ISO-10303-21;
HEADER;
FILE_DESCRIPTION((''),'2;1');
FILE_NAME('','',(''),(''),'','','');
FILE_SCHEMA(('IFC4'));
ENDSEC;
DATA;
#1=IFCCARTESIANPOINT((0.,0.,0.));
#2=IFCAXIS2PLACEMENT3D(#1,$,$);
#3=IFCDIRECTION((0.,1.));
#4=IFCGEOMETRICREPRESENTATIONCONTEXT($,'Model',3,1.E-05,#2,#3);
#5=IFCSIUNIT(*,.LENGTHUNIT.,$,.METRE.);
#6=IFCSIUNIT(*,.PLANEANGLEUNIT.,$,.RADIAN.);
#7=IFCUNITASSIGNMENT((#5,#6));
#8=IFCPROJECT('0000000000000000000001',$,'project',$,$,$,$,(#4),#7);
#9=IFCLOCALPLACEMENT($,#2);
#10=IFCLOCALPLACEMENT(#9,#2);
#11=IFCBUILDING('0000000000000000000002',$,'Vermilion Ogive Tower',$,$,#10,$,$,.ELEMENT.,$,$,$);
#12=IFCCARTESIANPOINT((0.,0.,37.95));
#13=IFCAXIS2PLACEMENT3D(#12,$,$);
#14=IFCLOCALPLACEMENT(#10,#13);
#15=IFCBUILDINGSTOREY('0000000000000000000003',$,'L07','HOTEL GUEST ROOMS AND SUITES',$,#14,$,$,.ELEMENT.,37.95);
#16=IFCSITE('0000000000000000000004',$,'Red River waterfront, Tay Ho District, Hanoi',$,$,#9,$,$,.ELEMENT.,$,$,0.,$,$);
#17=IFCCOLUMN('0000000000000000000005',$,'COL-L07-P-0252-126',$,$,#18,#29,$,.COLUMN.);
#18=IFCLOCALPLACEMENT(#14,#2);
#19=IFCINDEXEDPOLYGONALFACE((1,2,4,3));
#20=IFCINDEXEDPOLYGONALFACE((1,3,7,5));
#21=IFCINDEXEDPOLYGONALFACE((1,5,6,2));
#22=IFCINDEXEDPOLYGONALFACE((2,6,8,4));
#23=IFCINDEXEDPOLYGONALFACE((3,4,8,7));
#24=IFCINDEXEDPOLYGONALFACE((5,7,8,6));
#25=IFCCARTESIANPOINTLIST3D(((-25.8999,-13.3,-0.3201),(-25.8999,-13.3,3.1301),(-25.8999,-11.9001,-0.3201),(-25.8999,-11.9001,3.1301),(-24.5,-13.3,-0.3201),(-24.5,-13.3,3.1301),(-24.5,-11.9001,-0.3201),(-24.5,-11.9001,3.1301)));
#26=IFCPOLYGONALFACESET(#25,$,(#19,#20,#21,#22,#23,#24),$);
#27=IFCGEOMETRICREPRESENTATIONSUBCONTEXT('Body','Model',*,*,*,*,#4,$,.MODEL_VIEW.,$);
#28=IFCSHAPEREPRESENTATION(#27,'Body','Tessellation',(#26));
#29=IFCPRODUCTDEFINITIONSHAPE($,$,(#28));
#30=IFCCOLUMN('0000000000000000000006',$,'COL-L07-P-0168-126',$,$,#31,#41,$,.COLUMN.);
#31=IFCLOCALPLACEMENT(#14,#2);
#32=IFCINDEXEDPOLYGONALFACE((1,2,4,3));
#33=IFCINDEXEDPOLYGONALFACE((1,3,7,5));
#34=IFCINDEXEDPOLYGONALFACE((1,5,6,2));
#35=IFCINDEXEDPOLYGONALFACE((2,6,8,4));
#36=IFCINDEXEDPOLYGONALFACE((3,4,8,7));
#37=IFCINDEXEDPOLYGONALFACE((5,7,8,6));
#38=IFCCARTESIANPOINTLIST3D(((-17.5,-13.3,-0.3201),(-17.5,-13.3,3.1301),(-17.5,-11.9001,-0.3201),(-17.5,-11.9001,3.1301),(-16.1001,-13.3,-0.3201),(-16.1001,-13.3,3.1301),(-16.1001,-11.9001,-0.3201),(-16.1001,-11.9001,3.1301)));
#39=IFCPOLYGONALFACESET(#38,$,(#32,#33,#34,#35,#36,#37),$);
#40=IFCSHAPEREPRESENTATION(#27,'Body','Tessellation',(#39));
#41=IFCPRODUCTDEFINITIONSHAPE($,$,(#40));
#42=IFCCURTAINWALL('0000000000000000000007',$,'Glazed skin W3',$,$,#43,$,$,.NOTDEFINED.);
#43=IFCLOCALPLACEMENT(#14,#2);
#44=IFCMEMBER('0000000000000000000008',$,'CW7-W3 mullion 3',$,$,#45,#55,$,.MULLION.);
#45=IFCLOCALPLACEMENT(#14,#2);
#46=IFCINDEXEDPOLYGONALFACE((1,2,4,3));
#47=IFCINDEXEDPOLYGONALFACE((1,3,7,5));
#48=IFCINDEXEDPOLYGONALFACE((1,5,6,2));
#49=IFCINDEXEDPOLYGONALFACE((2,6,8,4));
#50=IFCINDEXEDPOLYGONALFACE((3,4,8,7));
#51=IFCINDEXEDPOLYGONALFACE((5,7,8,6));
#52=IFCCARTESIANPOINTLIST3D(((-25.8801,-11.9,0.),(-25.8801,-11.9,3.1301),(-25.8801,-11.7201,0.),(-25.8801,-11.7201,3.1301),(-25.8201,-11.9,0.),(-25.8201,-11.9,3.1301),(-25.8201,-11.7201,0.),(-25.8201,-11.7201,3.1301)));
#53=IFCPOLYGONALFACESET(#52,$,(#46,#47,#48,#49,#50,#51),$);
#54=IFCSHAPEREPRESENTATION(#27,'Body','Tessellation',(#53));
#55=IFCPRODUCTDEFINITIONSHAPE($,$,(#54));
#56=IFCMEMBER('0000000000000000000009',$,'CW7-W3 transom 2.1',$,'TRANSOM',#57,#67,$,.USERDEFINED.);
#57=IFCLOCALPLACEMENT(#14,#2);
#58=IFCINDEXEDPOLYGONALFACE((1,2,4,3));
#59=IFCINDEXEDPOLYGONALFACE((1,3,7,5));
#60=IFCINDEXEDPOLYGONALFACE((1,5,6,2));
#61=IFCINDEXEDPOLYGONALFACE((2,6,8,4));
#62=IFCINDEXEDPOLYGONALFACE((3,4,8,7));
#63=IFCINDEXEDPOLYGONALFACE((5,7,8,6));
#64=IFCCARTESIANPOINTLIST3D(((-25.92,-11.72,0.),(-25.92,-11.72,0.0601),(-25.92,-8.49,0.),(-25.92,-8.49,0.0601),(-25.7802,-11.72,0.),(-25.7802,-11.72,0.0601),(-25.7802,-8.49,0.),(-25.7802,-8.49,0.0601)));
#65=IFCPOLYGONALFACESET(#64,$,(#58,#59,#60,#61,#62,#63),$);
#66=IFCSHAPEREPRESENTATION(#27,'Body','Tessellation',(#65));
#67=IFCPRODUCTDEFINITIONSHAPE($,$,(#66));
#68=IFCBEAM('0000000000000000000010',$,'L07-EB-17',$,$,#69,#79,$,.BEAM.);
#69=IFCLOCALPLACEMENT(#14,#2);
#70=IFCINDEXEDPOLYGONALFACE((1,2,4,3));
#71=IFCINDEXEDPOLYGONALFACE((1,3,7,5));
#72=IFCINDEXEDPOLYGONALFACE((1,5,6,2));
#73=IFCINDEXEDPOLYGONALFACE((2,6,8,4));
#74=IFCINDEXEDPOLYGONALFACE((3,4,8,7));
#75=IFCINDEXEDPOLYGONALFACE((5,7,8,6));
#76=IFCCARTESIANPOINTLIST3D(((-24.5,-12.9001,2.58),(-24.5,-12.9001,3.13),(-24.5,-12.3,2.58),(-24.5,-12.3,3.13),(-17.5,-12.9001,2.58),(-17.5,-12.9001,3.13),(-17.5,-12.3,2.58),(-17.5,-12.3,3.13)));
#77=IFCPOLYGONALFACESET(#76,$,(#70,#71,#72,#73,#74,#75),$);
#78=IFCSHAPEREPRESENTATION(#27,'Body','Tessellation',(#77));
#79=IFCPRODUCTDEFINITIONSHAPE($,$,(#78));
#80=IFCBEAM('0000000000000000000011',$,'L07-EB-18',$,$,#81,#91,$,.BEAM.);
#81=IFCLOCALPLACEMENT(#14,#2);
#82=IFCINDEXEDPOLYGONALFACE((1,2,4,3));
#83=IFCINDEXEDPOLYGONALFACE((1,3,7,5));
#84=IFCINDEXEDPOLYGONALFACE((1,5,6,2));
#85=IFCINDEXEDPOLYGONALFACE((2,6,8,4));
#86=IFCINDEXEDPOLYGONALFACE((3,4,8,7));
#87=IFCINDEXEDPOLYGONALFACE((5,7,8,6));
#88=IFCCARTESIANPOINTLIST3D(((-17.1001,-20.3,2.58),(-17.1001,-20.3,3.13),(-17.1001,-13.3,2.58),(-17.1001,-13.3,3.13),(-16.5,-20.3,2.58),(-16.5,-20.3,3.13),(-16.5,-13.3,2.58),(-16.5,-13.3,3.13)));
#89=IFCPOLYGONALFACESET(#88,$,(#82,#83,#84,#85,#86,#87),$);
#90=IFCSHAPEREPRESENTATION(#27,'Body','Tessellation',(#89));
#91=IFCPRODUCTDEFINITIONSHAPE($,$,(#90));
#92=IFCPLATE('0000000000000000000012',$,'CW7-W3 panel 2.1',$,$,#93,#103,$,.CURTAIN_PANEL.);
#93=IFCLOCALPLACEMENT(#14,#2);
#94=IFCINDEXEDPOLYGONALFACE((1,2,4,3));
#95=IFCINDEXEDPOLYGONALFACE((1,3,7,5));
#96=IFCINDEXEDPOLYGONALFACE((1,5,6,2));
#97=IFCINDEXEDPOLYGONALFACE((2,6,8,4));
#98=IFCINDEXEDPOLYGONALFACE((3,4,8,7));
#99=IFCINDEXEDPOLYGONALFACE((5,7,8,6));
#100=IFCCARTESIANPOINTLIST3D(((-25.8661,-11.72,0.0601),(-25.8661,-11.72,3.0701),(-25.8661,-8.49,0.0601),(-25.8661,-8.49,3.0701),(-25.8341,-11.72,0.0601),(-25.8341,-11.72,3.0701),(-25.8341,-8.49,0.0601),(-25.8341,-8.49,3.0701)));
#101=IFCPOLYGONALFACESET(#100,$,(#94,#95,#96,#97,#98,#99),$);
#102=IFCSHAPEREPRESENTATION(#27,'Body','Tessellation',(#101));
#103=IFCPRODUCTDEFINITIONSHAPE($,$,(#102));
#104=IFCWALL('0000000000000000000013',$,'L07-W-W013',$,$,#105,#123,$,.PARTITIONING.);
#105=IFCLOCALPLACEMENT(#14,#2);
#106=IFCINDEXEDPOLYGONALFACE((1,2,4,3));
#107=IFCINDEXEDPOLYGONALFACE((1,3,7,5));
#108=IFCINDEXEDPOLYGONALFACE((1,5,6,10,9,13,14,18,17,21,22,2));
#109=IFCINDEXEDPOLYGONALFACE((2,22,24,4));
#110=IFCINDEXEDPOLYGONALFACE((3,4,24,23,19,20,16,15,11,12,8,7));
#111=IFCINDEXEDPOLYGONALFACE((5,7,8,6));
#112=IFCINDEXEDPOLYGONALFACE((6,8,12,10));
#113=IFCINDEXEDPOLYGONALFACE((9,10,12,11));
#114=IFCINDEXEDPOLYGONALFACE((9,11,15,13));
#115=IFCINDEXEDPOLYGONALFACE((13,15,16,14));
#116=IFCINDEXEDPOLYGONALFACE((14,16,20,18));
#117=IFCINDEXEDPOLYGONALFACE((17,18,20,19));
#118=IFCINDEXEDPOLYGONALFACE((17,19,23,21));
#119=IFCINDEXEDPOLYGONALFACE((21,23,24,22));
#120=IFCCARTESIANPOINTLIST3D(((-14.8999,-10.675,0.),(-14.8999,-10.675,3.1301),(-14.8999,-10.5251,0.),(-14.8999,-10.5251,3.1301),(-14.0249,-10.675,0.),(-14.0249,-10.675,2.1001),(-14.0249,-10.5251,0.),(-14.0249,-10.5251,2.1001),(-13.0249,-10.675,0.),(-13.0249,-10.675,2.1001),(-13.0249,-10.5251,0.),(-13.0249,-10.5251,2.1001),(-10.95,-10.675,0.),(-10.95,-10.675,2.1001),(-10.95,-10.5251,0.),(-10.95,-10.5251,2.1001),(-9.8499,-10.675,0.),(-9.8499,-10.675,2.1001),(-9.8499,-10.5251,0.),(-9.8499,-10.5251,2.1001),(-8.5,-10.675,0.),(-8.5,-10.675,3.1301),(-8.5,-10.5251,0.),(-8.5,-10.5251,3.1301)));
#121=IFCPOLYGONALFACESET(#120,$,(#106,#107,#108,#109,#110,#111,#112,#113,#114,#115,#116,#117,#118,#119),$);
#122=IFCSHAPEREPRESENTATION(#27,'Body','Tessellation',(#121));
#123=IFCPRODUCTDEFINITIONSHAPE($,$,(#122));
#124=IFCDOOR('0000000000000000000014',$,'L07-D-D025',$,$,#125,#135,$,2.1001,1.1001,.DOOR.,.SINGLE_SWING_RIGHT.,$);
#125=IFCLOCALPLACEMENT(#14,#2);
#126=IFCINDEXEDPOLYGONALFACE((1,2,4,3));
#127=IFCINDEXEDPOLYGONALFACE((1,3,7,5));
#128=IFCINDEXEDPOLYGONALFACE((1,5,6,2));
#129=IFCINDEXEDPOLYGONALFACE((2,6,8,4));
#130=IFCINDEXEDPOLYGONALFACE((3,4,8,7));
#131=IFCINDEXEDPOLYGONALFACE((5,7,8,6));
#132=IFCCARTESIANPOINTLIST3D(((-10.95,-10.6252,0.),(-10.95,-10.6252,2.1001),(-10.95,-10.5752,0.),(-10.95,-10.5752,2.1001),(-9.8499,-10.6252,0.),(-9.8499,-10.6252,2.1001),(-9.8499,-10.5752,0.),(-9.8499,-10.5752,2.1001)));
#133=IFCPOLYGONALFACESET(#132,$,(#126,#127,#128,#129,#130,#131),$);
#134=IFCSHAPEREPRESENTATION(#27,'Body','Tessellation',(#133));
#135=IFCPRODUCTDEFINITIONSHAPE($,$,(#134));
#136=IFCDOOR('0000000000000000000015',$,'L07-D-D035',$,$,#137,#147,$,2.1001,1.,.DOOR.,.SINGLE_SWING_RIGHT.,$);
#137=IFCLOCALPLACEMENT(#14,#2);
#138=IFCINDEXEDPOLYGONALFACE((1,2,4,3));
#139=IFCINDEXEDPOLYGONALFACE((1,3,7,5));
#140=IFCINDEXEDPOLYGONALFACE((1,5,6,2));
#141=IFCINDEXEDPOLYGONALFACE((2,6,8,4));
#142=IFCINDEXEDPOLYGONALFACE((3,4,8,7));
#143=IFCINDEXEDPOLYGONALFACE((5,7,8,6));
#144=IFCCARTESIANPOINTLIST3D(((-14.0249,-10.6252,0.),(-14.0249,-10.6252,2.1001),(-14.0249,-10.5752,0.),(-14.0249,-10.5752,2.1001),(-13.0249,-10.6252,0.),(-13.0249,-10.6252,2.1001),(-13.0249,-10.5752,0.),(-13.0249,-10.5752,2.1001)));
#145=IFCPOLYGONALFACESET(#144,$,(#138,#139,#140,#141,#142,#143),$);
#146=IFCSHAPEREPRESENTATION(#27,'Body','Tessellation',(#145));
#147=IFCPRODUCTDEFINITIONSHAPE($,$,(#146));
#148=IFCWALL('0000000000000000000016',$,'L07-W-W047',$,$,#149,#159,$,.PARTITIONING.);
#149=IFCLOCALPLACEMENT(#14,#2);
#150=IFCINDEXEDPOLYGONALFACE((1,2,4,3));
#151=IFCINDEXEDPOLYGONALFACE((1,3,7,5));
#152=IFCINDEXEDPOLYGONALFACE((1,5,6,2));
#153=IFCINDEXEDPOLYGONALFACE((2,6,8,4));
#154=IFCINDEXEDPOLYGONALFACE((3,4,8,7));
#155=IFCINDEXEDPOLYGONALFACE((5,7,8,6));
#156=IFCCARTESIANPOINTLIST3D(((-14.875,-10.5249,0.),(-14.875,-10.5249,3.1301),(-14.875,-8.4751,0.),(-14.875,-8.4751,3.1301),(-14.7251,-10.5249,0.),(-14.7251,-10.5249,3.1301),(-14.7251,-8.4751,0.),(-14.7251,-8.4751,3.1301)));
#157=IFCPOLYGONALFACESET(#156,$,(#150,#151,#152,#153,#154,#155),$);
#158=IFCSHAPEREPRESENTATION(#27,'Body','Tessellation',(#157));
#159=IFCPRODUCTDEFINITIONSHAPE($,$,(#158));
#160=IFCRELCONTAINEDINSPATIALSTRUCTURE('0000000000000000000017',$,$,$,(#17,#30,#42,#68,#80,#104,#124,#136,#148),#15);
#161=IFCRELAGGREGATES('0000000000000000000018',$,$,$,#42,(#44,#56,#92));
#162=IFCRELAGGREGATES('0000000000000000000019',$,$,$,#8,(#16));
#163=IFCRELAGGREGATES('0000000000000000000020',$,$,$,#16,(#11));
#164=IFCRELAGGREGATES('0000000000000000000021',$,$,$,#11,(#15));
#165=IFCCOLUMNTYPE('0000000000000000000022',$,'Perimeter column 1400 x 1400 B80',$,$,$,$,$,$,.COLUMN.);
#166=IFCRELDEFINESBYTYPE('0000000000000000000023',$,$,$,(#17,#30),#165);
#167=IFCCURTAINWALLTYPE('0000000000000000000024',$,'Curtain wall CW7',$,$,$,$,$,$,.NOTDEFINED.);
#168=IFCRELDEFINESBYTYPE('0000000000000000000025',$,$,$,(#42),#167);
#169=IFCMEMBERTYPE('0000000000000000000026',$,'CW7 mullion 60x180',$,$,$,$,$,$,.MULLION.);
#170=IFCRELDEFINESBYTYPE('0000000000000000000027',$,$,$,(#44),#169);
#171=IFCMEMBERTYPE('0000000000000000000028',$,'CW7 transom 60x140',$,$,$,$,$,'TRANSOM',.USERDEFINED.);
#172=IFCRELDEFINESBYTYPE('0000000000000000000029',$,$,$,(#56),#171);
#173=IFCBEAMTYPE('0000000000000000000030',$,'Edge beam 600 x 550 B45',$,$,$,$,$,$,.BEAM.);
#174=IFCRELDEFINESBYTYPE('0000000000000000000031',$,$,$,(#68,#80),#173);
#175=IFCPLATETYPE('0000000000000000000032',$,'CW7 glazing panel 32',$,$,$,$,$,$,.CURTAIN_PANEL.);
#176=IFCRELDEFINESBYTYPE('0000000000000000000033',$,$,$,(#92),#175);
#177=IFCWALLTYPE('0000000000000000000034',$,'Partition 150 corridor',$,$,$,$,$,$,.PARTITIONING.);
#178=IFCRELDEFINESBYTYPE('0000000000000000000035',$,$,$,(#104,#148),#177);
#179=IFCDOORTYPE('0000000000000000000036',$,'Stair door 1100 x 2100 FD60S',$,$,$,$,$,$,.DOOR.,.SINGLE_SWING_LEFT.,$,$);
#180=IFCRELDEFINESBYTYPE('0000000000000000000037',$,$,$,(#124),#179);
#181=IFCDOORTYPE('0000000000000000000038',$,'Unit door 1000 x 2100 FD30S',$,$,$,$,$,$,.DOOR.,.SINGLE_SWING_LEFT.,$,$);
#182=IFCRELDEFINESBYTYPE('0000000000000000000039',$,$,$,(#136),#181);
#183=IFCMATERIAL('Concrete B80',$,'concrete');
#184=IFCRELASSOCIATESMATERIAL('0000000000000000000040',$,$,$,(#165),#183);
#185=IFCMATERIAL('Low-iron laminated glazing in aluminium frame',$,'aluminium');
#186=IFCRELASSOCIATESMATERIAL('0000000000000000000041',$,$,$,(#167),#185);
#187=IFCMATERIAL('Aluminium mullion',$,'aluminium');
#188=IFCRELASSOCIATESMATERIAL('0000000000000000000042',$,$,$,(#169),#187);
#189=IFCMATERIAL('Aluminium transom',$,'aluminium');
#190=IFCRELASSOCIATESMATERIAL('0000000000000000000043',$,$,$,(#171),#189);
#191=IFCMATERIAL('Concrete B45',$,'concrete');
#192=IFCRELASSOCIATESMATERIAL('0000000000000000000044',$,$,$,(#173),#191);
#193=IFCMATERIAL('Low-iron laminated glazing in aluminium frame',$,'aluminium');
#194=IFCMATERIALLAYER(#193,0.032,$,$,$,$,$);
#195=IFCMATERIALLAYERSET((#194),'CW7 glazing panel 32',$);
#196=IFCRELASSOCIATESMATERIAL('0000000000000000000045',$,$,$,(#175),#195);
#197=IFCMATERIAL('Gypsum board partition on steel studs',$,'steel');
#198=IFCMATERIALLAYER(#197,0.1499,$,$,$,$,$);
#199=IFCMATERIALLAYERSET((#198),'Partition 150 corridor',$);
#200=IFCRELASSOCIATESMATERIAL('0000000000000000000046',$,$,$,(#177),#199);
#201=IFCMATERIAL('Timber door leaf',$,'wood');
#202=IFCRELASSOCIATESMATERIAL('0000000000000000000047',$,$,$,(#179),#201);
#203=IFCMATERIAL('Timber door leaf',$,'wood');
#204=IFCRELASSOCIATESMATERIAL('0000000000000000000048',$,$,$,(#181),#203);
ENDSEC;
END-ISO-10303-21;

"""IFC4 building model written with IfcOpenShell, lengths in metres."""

from ifc_helpers import new_model, si_unit, direction, frame, frame_2d, origin, origin_2d, place, context, subcontext, project, spatial, rectangle, extrude, material, layer, layer_set, material_profile, profile_set, type_object, element, fill, aggregate, save


model = new_model("IFC4")

# Units and contexts
model_context = context("Model", 3, precision=1e-05, world=origin(), true_north=direction((0.0, 1.0)))
body_context = subcontext(model_context, "Body", "Model", "MODEL_VIEW")
ifc_project = project(units=[si_unit("LENGTHUNIT", "METRE"), si_unit("PLANEANGLEUNIT", "RADIAN")], contexts=[model_context])

# Site, building, storey
site_placement = place(None, origin())
site = spatial("IfcSite", under=ifc_project, at=site_placement, Name="Red River waterfront, Tay Ho District, Hanoi", CompositionType="ELEMENT", RefElevation=0.0)
building_placement = place(site_placement, origin())
building = spatial("IfcBuilding", under=site, at=building_placement, Name="Vermilion Ogive Tower", CompositionType="ELEMENT")
storey_placement = place(building_placement, frame((0.0, 0.0, 37.95)))
storey = spatial("IfcBuildingStorey", under=building, at=storey_placement, Name="L07", Description="HOTEL GUEST ROOMS AND SUITES", CompositionType="ELEMENT", Elevation=37.95)

# Columns
ifc_material_1 = material(Name="Concrete B80", Category="concrete")
ifc_material_profile_1 = material_profile(ifc_material_1, rectangle(XDim=1.3999, YDim=1.3999, at=origin_2d()), Name="1400 x 1400")
ifc_profile_set_1 = profile_set([ifc_material_profile_1], Name="Concrete B80")
column_type = type_object("IfcColumnType", Name="Perimeter column 1400 x 1400 B80", PredefinedType="COLUMN", material=ifc_profile_set_1)
for number, where, z_axis, x_axis, name in (
    (1, (-25.2, -12.6001, -0.3201), (0.0, 0.0, 1.0), (1.0, 0.0, 0.0), "COL-L07-P-0252-126"),
    (2, (-16.8, -12.6001, -0.3201), (0.0, 0.0, 1.0), (1.0, 0.0, 0.0), "COL-L07-P-0168-126"),
):
    element("IfcColumn", number, at=place(storey_placement, frame(where, z_axis=z_axis, x_axis=x_axis)), inside=storey, type_object=column_type, Name=name, PredefinedType="COLUMN", context=body_context, shape_type="SweptSolid", body=[
        extrude(rectangle(XDim=1.3999, YDim=1.3999, at=origin_2d()), origin(), (0.0, 0.0, 1.0), 3.4502),
    ])

# Curtain wall, members
ifc_material_2 = material(Name="Low-iron laminated glazing in aluminium frame", Category="aluminium")
curtain_wall_type = type_object("IfcCurtainWallType", Name="Curtain wall CW7", PredefinedType="NOTDEFINED", material=ifc_material_2)
curtain_wall_placement = place(storey_placement, origin())
curtain_wall = element("IfcCurtainWall", 3, at=curtain_wall_placement, inside=storey, type_object=curtain_wall_type, Name="Glazed skin W3", PredefinedType="NOTDEFINED")
ifc_material_3 = material(Name="Aluminium mullion", Category="aluminium")
ifc_material_profile_2 = material_profile(ifc_material_3, rectangle(XDim=0.0601, YDim=0.1799, at=origin_2d()), Name="AL 60x180")
ifc_profile_set_2 = profile_set([ifc_material_profile_2], Name="Aluminium mullion")
member_type_1 = type_object("IfcMemberType", Name="CW7 mullion 60x180", PredefinedType="MULLION", material=ifc_profile_set_2)
member_1_placement = place(storey_placement, frame((-25.8501, -11.8101, 0.0), z_axis=(0.0, 0.0, 1.0), x_axis=(1.0, 0.0, 0.0)))
member_1 = element("IfcMember", 4, at=member_1_placement, type_object=member_type_1, Name="CW7-W3 mullion 3", PredefinedType="MULLION", context=body_context, shape_type="SweptSolid", body=[
    extrude(rectangle(XDim=0.0601, YDim=0.1799, at=origin_2d()), origin(), (0.0, 0.0, 1.0), 3.1301),
])
ifc_material_4 = material(Name="Aluminium transom", Category="aluminium")
ifc_material_profile_3 = material_profile(ifc_material_4, rectangle(XDim=0.1399, YDim=0.0601, at=origin_2d()), Name="AL 60x140")
ifc_profile_set_3 = profile_set([ifc_material_profile_3], Name="Aluminium transom")
member_type_2 = type_object("IfcMemberType", Name="CW7 transom 60x140", ElementType="TRANSOM", PredefinedType="USERDEFINED", material=ifc_profile_set_3)
member_2_placement = place(storey_placement, frame((-25.8501, -8.49, 0.03), z_axis=(0.0, -1.0, 0.0), x_axis=(1.0, 0.0, 0.0)))
member_2 = element("IfcMember", 5, at=member_2_placement, type_object=member_type_2, Name="CW7-W3 transom 2.1", ObjectType="TRANSOM", PredefinedType="USERDEFINED", context=body_context, shape_type="SweptSolid", body=[
    extrude(rectangle(XDim=0.1399, YDim=0.0601, at=origin_2d()), origin(), (0.0, 0.0, 1.0), 3.23),
])

# Beams
ifc_material_5 = material(Name="Concrete B45", Category="concrete")
ifc_material_profile_4 = material_profile(ifc_material_5, rectangle(XDim=0.6001, YDim=0.55, at=origin_2d()), Name="600 x 550")
ifc_profile_set_4 = profile_set([ifc_material_profile_4], Name="Concrete B45")
beam_type = type_object("IfcBeamType", Name="Edge beam 600 x 550 B45", PredefinedType="BEAM", material=ifc_profile_set_4)
for number, where, z_axis, x_axis, name in (
    (6, (-24.5, -12.6001, 2.855), (1.0, 0.0, 0.0), (0.0, 1.0, 0.0), "L07-EB-17"),
    (7, (-16.8, -13.3, 2.855), (0.0, -1.0, 0.0), (1.0, 0.0, 0.0), "L07-EB-18"),
):
    element("IfcBeam", number, at=place(storey_placement, frame(where, z_axis=z_axis, x_axis=x_axis)), inside=storey, type_object=beam_type, Name=name, PredefinedType="BEAM", context=body_context, shape_type="SweptSolid", body=[
        extrude(rectangle(XDim=0.6001, YDim=0.55, at=origin_2d()), origin(), (0.0, 0.0, 1.0), 7.0),
    ])

# Plate
ifc_material_6 = material(Name="Low-iron laminated glazing in aluminium frame", Category="aluminium")
ifc_layer_1 = layer(ifc_material_6, 0.032)
ifc_layer_set_1 = layer_set([ifc_layer_1], Name="CW7 glazing panel 32")
plate_type = type_object("IfcPlateType", Name="CW7 glazing panel 32", PredefinedType="CURTAIN_PANEL", material=ifc_layer_set_1)
plate_placement = place(storey_placement, frame((-25.8501, -10.105, 0.0601), z_axis=(0.0, 0.0, 1.0), x_axis=(0.0, -1.0, 0.0)))
plate = element("IfcPlate", 8, at=plate_placement, type_object=plate_type, Name="CW7-W3 panel 2.1", PredefinedType="CURTAIN_PANEL", context=body_context, shape_type="SweptSolid", body=[
    extrude(rectangle(XDim=3.23, YDim=0.032, at=origin_2d()), origin(), (0.0, 0.0, 1.0), 3.01),
])
aggregate(curtain_wall, [member_1, member_2, plate])

# Wall, openings, doors
ifc_material_7 = material(Name="Gypsum board partition on steel studs", Category="steel")
ifc_layer_2 = layer(ifc_material_7, 0.1499)
ifc_layer_set_2 = layer_set([ifc_layer_2], Name="Partition 150 corridor")
wall_type_1 = type_object("IfcWallType", Name="Partition 150 corridor", PredefinedType="PARTITIONING", material=ifc_layer_set_2)
wall_1_placement = place(storey_placement, frame((-14.8999, -10.6001, 0.0), z_axis=(0.0, 0.0, 1.0), x_axis=(1.0, 0.0, 0.0)))
wall_1 = element("IfcWall", 9, at=wall_1_placement, inside=storey, type_object=wall_type_1, Name="L07-W-W013", PredefinedType="PARTITIONING", context=body_context, shape_type="SweptSolid", body=[
    extrude(rectangle(XDim=6.3999, YDim=0.1499, at=frame_2d((3.2, 0.0))), origin(), (0.0, 0.0, 1.0), 3.1301),
])
opening_1_placement = place(wall_1_placement, frame((3.95, 0.0, 0.0)))
opening_1 = element("IfcOpeningElement", 10, at=opening_1_placement, cuts=wall_1, PredefinedType="OPENING", context=body_context, shape_type="SweptSolid", body=[
    extrude(rectangle(XDim=1.1001, YDim=2.1001, at=frame_2d((0.55, 1.05))), frame((0.0, 0.085, 0.0), z_axis=(0.0, -1.0, 0.0), x_axis=(1.0, 0.0, 0.0)), (0.0, 0.0, 1.0), 0.1699),
])
opening_2_placement = place(wall_1_placement, frame((0.875, 0.0, 0.0)))
opening_2 = element("IfcOpeningElement", 11, at=opening_2_placement, cuts=wall_1, PredefinedType="OPENING", context=body_context, shape_type="SweptSolid", body=[
    extrude(rectangle(XDim=1.0, YDim=2.1001, at=frame_2d((0.5, 1.05))), frame((0.0, 0.085, 0.0), z_axis=(0.0, -1.0, 0.0), x_axis=(1.0, 0.0, 0.0)), (0.0, 0.0, 1.0), 0.1699),
])
ifc_material_8 = material(Name="Timber door leaf", Category="wood")
door_type_1 = type_object("IfcDoorType", Name="Stair door 1100 x 2100 FD60S", OperationType="SINGLE_SWING_LEFT", PredefinedType="DOOR", material=ifc_material_8)
door_1_placement = place(opening_1_placement, origin())
door_1 = element("IfcDoor", 12, at=door_1_placement, inside=storey, type_object=door_type_1, Name="L07-D-D025", OperationType="SINGLE_SWING_RIGHT", OverallHeight=2.1001, OverallWidth=1.1001, PredefinedType="DOOR", context=body_context, shape_type="SweptSolid", body=[
    extrude(rectangle(XDim=1.1001, YDim=2.1001, at=frame_2d((0.55, 1.05))), frame((0.0, 0.0249, 0.0), z_axis=(0.0, -1.0, 0.0), x_axis=(1.0, 0.0, 0.0)), (0.0, 0.0, 1.0), 0.05),
])
fill(opening_1, door_1)
ifc_material_9 = material(Name="Timber door leaf", Category="wood")
door_type_2 = type_object("IfcDoorType", Name="Unit door 1000 x 2100 FD30S", OperationType="SINGLE_SWING_LEFT", PredefinedType="DOOR", material=ifc_material_9)
door_2_placement = place(opening_2_placement, origin())
door_2 = element("IfcDoor", 13, at=door_2_placement, inside=storey, type_object=door_type_2, Name="L07-D-D035", OperationType="SINGLE_SWING_RIGHT", OverallHeight=2.1001, OverallWidth=1.0, PredefinedType="DOOR", context=body_context, shape_type="SweptSolid", body=[
    extrude(rectangle(XDim=1.0, YDim=2.1001, at=frame_2d((0.5, 1.05))), frame((0.0, 0.0249, 0.0), z_axis=(0.0, -1.0, 0.0), x_axis=(1.0, 0.0, 0.0)), (0.0, 0.0, 1.0), 0.05),
])
fill(opening_2, door_2)

# Wall
wall_2_placement = place(storey_placement, frame((-14.8, -10.5249, 0.0), z_axis=(0.0, 0.0, 1.0), x_axis=(0.0, 1.0, 0.0)))
element("IfcWall", 14, at=wall_2_placement, inside=storey, type_object=wall_type_1, Name="L07-W-W047", PredefinedType="PARTITIONING", context=body_context, shape_type="SweptSolid", body=[
    extrude(rectangle(XDim=2.0498, YDim=0.1499, at=frame_2d((1.0249, 0.0))), origin(), (0.0, 0.0, 1.0), 3.1301),
])

save(model, "model.ifc")
